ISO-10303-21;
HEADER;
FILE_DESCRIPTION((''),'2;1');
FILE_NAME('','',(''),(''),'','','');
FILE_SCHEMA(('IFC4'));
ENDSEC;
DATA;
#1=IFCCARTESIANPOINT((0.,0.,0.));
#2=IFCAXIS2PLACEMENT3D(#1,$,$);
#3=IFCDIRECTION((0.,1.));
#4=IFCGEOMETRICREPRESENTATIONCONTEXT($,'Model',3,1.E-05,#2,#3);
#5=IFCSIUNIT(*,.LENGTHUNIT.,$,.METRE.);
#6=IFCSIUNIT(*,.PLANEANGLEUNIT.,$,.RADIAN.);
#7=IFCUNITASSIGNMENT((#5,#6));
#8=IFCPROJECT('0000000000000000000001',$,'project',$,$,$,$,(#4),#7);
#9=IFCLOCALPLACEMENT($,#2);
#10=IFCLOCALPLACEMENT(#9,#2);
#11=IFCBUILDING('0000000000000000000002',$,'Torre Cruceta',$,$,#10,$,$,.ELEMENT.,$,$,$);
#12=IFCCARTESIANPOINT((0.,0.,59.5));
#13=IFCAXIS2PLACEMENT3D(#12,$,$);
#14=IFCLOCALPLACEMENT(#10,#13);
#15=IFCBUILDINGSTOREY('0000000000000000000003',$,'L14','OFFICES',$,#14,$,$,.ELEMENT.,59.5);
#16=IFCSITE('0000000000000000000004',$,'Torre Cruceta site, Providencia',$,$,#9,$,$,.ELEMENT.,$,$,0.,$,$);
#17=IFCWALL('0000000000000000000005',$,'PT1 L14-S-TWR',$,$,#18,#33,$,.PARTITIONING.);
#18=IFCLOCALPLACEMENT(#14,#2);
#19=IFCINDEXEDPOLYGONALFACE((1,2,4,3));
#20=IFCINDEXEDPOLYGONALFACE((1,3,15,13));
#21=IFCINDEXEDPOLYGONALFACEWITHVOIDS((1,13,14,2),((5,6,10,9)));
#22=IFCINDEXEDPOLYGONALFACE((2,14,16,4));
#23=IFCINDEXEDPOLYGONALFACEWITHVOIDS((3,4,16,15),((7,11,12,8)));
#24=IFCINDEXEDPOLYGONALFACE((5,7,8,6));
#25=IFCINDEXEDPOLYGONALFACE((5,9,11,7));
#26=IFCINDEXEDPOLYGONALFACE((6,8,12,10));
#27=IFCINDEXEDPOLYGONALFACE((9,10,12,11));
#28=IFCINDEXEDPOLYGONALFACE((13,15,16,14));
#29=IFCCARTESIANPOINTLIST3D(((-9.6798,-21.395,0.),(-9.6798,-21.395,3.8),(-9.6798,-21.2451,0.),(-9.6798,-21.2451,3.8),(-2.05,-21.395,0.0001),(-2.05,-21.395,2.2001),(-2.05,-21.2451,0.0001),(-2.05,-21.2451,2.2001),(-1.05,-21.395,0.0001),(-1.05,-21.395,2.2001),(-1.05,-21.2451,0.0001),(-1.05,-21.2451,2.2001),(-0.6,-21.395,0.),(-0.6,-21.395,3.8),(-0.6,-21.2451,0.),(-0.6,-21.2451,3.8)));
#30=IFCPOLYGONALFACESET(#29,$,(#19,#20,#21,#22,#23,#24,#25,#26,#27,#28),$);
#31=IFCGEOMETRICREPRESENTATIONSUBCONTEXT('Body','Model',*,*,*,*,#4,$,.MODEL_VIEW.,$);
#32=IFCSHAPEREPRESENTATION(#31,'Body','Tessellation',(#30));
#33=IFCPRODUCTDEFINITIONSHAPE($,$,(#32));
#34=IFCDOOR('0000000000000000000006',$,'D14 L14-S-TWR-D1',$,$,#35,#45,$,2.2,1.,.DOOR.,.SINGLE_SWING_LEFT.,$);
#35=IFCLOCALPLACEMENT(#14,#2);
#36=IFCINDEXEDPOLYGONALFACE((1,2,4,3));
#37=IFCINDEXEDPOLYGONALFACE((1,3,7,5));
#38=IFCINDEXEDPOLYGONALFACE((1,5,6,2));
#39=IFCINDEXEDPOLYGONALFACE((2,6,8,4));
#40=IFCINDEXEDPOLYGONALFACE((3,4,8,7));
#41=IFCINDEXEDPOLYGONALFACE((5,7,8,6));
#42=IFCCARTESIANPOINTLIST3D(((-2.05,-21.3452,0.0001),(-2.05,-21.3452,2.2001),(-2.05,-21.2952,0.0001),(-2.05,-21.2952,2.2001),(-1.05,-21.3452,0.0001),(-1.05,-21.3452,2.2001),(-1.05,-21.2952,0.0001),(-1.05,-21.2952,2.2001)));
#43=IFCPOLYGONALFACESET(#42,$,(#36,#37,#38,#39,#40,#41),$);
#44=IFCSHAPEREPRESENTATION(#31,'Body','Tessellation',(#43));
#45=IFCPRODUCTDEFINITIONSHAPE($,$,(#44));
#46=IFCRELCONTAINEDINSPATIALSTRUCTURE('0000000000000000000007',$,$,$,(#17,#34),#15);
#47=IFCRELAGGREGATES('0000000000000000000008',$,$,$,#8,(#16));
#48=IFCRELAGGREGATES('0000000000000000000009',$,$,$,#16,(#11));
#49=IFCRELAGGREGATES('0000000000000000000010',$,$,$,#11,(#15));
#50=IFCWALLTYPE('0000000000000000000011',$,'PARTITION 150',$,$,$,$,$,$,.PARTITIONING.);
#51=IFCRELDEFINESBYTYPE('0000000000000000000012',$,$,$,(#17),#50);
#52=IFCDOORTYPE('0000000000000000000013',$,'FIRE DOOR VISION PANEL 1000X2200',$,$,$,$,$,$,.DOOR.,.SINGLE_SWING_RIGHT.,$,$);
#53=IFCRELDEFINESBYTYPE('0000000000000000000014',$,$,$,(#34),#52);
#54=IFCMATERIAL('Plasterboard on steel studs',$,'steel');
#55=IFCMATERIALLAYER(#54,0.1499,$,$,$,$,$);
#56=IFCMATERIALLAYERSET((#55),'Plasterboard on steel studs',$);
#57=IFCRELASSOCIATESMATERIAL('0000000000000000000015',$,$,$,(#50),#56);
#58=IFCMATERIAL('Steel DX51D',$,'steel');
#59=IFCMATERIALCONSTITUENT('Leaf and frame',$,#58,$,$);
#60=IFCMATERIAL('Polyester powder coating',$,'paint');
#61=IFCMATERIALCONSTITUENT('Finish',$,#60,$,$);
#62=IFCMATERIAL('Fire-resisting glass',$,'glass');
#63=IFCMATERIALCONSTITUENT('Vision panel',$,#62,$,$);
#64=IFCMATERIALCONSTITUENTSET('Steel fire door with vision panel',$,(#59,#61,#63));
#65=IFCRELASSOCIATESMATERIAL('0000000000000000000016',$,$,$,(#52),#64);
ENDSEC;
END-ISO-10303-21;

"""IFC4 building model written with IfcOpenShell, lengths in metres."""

from ifc_helpers import new_model, si_unit, direction, frame, frame_2d, origin, place, context, subcontext, project, spatial, rectangle, extrude, material, layer, layer_set, constituent, constituent_set, type_object, element, fill, save


model = new_model("IFC4")

# Units and contexts
model_context = context("Model", 3, precision=1e-05, world=origin(), true_north=direction((0.0, 1.0)))
body_context = subcontext(model_context, "Body", "Model", "MODEL_VIEW")
ifc_project = project(units=[si_unit("LENGTHUNIT", "METRE"), si_unit("PLANEANGLEUNIT", "RADIAN")], contexts=[model_context])

# Site, building, storey
site_placement = place(None, origin())
site = spatial("IfcSite", under=ifc_project, at=site_placement, Name="Torre Cruceta site, Providencia", CompositionType="ELEMENT", RefElevation=0.0)
building_placement = place(site_placement, origin())
building = spatial("IfcBuilding", under=site, at=building_placement, Name="Torre Cruceta", CompositionType="ELEMENT")
storey_placement = place(building_placement, frame((0.0, 0.0, 59.5)))
storey = spatial("IfcBuildingStorey", under=building, at=storey_placement, Name="L14", Description="OFFICES", CompositionType="ELEMENT", Elevation=59.5)

# Wall, opening, door
ifc_material_1 = material(Name="Plasterboard on steel studs", Category="steel")
ifc_layer_1 = layer(ifc_material_1, 0.1499)
ifc_layer_set_1 = layer_set([ifc_layer_1], Name="Plasterboard on steel studs")
wall_type_1 = type_object("IfcWallType", Name="PARTITION 150", PredefinedType="PARTITIONING", material=ifc_layer_set_1)
wall_1_placement = place(storey_placement, frame((-9.6799, -21.3201, 0.0), z_axis=(0.0, 0.0, 1.0), x_axis=(1.0, 0.0, 0.0)))
wall_1 = element("IfcWall", 1, at=wall_1_placement, inside=storey, type_object=wall_type_1, Name="PT1 L14-S-TWR", PredefinedType="PARTITIONING", context=body_context, shape_type="SweptSolid", body=[
    extrude(rectangle(XDim=9.0798, YDim=0.1499, at=frame_2d((4.54, 0.0))), origin(), (0.0, 0.0, 1.0), 3.8),
])
opening_1_placement = place(wall_1_placement, frame((7.6299, 0.0, 0.0)))
opening_1 = element("IfcOpeningElement", 2, at=opening_1_placement, cuts=wall_1, PredefinedType="OPENING", context=body_context, shape_type="SweptSolid", body=[
    extrude(rectangle(XDim=1.0, YDim=2.2, at=frame_2d((0.5, 1.1001))), frame((0.0, 0.085, 0.0), z_axis=(0.0, -1.0, 0.0), x_axis=(1.0, 0.0, 0.0)), (0.0, 0.0, 1.0), 0.1699),
])
ifc_material_2 = material(Name="Steel DX51D", Category="steel")
ifc_constituent_1 = constituent(ifc_material_2, Name="Leaf and frame")
ifc_material_3 = material(Name="Polyester powder coating", Category="paint")
ifc_constituent_2 = constituent(ifc_material_3, Name="Finish")
ifc_material_4 = material(Name="Fire-resisting glass", Category="glass")
ifc_constituent_3 = constituent(ifc_material_4, Name="Vision panel")
ifc_constituent_set_1 = constituent_set(constituents=[ifc_constituent_1, ifc_constituent_2, ifc_constituent_3], Name="Steel fire door with vision panel")
door_type = type_object("IfcDoorType", Name="FIRE DOOR VISION PANEL 1000X2200", OperationType="SINGLE_SWING_RIGHT", PredefinedType="DOOR", material=ifc_constituent_set_1)
door_placement = place(opening_1_placement, frame((1.0, 0.0, 0.0), z_axis=(0.0, 0.0, 1.0), x_axis=(-1.0, 0.0, 0.0)))
door = element("IfcDoor", 3, at=door_placement, inside=storey, type_object=door_type, Name="D14 L14-S-TWR-D1", OperationType="SINGLE_SWING_LEFT", OverallHeight=2.2, OverallWidth=1.0, PredefinedType="DOOR", context=body_context, shape_type="SweptSolid", body=[
    extrude(rectangle(XDim=1.0, YDim=2.2, at=frame_2d((0.5, 1.1001))), frame((0.0, 0.0251, 0.0), z_axis=(0.0, -1.0, 0.0), x_axis=(1.0, 0.0, 0.0)), (0.0, 0.0, 1.0), 0.05),
])
fill(opening_1, door)

save(model, "model.ifc")
